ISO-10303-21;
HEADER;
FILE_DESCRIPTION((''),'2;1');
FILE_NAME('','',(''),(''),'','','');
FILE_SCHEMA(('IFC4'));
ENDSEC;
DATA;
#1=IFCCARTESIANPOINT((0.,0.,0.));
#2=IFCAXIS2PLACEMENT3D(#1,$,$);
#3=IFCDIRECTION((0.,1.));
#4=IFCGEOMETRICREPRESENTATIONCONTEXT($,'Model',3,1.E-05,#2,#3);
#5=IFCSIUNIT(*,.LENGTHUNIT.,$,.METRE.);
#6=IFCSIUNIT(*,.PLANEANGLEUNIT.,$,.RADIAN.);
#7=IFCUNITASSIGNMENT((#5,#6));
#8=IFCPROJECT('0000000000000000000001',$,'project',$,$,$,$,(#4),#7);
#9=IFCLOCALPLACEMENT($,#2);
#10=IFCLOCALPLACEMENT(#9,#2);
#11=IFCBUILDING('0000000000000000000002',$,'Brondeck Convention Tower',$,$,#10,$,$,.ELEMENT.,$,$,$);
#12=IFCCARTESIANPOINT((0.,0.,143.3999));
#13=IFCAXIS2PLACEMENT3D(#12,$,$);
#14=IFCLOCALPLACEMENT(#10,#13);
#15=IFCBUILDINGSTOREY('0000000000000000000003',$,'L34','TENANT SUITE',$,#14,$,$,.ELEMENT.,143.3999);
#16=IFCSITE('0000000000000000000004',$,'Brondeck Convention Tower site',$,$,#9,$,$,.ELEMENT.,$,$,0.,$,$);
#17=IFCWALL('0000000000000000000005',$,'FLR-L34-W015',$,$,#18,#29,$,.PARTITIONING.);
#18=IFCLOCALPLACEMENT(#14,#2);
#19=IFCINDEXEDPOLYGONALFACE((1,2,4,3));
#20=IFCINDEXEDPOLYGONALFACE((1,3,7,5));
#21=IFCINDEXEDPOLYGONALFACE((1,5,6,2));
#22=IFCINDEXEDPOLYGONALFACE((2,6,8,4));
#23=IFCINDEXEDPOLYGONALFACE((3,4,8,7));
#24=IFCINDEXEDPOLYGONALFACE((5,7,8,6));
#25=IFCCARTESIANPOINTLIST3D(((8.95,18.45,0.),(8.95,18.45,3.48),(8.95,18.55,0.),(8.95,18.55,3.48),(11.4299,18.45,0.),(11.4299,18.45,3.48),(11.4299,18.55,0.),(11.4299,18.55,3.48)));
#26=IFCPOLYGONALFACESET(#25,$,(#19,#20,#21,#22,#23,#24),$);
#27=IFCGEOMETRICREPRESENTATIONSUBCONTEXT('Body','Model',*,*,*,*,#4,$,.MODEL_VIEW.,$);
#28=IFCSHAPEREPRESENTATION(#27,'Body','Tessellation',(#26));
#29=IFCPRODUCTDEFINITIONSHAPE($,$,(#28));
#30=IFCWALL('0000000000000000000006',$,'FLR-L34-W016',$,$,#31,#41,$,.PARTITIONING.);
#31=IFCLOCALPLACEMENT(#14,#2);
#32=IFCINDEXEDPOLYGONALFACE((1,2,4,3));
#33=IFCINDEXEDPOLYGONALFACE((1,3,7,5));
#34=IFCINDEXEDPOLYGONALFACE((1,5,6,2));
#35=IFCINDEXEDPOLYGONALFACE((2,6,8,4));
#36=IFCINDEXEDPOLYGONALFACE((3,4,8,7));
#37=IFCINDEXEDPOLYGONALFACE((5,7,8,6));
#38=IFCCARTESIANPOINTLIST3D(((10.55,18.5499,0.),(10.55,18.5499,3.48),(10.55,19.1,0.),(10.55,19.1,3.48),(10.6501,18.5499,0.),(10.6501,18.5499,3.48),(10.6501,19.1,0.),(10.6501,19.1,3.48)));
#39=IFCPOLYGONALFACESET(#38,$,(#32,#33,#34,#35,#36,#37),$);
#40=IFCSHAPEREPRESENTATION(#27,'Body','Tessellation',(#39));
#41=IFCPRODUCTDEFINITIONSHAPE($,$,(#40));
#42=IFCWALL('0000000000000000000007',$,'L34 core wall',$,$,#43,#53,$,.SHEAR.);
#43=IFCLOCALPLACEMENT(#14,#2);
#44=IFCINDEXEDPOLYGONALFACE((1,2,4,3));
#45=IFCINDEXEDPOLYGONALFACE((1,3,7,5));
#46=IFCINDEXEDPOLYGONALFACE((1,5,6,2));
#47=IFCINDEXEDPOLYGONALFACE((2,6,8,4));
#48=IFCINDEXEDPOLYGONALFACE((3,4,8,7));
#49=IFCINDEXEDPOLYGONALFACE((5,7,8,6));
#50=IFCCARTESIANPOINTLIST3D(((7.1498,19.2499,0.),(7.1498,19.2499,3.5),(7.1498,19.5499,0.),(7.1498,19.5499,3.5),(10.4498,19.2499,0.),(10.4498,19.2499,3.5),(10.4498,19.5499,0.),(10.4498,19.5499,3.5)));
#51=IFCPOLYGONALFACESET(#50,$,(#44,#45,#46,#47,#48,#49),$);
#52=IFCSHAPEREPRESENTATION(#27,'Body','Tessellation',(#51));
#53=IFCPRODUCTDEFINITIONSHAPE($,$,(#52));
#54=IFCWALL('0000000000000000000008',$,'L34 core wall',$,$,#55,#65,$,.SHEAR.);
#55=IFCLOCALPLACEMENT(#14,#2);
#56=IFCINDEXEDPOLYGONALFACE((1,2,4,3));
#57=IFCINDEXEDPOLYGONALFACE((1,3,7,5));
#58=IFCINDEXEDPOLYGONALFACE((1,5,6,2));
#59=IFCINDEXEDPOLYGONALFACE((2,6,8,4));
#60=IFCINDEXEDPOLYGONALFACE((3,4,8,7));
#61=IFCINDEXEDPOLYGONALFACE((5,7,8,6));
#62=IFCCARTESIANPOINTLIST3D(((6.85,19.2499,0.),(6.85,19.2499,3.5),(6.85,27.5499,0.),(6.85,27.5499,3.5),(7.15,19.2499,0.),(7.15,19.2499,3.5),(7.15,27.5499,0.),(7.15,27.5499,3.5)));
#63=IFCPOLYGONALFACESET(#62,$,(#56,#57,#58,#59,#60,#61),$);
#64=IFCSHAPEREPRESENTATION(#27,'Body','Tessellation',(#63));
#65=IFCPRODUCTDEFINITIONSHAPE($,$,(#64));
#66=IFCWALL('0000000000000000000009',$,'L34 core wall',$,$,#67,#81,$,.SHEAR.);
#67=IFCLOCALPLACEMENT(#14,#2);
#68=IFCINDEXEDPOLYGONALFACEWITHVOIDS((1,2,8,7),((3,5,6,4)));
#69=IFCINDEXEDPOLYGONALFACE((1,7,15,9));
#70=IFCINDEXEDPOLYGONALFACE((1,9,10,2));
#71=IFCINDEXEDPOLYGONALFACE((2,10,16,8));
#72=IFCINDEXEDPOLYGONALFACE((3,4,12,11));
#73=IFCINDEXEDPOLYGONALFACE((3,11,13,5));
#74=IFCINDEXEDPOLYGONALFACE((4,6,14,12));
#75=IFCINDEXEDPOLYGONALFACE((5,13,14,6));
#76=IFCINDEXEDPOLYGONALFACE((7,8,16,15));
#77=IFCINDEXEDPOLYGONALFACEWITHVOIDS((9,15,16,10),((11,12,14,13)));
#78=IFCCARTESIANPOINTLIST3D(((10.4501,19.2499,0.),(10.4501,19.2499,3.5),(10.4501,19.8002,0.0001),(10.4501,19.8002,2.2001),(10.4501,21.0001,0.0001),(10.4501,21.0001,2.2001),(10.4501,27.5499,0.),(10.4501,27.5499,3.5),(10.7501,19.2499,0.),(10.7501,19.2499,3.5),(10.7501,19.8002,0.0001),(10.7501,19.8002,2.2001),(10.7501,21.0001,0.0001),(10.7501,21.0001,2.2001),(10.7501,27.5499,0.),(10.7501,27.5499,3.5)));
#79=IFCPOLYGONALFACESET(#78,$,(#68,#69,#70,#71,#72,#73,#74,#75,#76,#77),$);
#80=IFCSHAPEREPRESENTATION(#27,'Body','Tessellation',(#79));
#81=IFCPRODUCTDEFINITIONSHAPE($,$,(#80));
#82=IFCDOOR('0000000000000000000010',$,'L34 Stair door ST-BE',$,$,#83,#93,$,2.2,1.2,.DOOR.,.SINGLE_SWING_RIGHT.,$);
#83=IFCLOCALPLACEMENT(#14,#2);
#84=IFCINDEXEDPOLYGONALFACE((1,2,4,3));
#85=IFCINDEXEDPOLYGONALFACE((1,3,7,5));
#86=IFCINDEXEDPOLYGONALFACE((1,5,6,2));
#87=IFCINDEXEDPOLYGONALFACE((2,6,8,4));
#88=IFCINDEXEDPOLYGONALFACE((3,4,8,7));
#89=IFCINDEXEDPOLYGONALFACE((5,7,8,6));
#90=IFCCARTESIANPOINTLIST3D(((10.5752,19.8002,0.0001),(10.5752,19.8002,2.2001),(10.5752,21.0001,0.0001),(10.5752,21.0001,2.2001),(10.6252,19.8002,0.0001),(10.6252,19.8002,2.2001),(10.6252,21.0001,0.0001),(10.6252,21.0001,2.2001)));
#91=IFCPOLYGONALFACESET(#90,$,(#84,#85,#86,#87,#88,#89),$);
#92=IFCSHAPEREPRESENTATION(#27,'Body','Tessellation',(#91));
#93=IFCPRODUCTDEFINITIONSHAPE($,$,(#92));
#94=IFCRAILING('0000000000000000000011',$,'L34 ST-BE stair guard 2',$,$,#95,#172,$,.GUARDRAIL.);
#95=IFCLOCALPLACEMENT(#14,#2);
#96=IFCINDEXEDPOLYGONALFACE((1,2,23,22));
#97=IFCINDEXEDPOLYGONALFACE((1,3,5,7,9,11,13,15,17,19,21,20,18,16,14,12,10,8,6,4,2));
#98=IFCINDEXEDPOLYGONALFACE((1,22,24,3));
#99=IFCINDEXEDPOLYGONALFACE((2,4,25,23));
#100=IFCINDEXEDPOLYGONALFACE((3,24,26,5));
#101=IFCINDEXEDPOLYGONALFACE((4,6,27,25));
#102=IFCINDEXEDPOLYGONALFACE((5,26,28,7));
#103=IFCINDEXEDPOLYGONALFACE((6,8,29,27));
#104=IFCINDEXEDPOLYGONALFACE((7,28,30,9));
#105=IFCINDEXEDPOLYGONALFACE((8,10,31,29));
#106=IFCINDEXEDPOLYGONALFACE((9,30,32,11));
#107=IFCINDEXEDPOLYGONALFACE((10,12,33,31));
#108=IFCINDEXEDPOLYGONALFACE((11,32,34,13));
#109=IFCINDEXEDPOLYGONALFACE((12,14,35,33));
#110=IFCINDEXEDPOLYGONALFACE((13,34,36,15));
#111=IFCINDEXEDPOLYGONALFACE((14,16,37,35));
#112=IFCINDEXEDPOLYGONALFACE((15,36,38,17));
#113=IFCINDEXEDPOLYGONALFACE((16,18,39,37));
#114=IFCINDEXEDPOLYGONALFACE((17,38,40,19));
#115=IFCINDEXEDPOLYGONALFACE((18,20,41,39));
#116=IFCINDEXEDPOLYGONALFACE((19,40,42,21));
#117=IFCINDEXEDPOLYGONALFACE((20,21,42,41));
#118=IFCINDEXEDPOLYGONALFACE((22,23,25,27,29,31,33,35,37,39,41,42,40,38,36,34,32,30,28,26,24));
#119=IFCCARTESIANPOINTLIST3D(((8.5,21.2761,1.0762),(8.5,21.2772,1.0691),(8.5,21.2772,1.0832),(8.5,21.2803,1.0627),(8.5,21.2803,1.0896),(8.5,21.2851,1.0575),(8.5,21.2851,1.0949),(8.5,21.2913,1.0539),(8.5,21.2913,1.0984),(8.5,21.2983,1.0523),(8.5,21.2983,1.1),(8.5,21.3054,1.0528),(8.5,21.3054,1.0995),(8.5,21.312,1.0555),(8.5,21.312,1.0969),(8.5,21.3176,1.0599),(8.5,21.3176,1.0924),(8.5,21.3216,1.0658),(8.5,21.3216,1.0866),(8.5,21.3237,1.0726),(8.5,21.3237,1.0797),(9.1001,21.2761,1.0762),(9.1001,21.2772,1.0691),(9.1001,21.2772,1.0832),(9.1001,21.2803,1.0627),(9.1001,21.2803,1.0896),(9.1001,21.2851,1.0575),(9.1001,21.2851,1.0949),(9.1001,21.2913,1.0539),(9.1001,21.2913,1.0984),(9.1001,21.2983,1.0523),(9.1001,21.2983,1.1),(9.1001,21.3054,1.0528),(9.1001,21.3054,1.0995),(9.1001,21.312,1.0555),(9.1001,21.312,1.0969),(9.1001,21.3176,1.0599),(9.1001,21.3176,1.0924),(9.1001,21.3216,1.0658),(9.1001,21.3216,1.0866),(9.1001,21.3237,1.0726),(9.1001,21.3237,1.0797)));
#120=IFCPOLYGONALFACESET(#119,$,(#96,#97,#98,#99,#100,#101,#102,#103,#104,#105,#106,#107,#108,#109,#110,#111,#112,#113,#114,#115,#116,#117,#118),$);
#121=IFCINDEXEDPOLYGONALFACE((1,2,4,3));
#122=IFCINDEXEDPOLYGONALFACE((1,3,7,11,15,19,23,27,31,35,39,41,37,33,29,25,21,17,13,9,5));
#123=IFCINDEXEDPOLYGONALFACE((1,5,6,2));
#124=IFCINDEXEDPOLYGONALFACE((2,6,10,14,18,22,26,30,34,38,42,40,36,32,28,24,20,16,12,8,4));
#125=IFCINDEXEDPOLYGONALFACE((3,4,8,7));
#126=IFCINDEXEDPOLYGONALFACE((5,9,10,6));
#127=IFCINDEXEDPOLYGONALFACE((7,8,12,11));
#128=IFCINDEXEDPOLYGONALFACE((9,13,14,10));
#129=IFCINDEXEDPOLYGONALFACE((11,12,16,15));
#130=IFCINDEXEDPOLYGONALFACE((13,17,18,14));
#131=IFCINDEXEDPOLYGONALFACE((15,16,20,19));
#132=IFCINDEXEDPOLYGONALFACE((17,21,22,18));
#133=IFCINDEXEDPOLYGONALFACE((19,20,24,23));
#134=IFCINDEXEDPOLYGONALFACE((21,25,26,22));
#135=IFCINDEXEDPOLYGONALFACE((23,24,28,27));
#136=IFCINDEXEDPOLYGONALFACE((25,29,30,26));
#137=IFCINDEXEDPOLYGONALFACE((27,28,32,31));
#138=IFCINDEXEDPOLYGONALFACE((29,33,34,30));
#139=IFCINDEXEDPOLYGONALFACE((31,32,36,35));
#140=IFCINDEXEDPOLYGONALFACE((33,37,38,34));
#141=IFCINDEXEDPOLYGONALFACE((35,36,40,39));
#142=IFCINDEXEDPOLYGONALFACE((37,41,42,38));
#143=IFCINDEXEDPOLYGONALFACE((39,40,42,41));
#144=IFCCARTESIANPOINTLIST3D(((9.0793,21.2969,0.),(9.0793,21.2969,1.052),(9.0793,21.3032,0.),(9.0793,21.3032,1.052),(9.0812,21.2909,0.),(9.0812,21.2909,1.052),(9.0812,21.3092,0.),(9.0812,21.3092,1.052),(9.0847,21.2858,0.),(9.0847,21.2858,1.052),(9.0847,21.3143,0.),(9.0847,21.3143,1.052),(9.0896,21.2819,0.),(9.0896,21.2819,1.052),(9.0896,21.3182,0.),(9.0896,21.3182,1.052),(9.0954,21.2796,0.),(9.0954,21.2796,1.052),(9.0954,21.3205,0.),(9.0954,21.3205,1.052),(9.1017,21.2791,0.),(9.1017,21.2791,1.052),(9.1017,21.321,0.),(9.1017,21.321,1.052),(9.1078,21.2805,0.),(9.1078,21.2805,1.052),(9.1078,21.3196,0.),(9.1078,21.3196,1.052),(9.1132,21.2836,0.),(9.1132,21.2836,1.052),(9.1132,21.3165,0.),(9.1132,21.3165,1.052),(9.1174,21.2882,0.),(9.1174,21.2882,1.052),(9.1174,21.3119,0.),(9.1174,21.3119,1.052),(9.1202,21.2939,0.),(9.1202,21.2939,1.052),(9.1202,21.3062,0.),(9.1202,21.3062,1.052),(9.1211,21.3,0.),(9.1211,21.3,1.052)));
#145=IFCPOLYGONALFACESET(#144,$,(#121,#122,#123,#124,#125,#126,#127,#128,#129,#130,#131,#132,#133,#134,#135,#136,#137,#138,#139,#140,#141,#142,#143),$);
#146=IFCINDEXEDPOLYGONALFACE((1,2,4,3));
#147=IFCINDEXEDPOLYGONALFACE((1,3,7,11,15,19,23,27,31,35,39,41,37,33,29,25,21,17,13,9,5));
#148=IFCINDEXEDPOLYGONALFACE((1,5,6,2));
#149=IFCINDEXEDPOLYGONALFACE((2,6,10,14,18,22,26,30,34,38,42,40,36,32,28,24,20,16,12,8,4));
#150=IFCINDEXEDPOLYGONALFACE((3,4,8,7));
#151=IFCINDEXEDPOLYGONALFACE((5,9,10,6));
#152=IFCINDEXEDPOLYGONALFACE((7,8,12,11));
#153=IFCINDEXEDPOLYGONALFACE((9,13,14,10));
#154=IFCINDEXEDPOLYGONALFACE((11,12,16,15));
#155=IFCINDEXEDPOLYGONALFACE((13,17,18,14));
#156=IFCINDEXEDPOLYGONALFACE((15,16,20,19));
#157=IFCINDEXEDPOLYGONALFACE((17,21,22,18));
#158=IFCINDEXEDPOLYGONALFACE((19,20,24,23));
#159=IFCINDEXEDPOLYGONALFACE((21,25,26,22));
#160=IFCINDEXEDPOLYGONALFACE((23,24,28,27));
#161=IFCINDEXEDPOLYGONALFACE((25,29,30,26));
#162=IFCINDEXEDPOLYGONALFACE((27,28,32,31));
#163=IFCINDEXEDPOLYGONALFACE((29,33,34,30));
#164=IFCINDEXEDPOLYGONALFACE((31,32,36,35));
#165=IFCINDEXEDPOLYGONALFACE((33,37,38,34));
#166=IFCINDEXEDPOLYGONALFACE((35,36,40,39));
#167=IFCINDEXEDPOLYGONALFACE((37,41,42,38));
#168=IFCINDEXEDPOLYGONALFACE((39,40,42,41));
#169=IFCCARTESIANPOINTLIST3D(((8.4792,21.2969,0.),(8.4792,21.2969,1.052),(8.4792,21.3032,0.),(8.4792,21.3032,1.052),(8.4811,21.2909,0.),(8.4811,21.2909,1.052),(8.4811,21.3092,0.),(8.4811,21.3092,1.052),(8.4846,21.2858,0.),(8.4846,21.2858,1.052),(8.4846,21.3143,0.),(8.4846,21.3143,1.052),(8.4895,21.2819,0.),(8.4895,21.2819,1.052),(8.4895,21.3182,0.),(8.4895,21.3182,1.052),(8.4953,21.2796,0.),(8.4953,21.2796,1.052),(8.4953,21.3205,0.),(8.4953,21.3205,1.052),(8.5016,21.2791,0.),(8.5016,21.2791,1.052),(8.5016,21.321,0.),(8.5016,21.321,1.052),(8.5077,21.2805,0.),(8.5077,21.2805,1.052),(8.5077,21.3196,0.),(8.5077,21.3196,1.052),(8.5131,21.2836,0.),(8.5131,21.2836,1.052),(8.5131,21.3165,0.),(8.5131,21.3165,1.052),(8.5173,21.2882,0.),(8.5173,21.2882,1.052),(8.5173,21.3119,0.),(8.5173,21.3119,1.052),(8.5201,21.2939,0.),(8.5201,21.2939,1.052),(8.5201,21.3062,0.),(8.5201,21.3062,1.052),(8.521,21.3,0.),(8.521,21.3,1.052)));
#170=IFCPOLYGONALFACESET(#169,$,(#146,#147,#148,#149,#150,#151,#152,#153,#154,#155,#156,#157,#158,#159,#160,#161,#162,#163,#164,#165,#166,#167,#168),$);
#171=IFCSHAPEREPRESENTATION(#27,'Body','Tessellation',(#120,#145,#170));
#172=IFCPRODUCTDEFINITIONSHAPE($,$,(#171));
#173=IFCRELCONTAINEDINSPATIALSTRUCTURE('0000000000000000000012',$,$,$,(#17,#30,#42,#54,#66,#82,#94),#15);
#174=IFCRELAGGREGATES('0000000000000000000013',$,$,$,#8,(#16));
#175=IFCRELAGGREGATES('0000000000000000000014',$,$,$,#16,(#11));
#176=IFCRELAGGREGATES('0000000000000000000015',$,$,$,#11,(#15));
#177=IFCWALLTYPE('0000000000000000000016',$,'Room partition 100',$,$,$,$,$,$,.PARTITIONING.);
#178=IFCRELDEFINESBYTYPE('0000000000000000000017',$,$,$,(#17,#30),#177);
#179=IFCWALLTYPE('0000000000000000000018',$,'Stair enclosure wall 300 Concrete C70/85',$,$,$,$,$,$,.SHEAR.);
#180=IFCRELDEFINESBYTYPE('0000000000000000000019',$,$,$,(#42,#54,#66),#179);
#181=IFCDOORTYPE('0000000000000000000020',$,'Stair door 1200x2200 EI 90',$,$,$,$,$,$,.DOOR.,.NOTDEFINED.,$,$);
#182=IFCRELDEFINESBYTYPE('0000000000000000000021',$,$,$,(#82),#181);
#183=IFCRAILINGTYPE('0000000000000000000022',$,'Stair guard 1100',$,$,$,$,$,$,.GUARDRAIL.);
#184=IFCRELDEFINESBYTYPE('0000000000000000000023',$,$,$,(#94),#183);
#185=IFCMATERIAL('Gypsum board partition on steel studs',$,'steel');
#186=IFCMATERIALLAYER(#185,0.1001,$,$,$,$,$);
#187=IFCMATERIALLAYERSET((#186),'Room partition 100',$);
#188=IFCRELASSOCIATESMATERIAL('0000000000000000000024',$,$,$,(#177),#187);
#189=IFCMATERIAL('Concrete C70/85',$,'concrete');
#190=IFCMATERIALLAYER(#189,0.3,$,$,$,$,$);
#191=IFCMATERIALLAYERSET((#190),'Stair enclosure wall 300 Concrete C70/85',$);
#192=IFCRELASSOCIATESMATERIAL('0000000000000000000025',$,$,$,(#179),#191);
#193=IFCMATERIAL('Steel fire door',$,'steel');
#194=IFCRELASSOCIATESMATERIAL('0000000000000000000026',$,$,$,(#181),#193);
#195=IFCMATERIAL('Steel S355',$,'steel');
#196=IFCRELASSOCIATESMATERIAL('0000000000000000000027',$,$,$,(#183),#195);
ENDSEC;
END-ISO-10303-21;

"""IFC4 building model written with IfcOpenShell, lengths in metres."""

from ifc_helpers import new_model, si_unit, direction, frame, frame_2d, origin, origin_2d, place, context, subcontext, project, spatial, rectangle, circle, extrude, material, layer, layer_set, type_object, element, fill, save


model = new_model("IFC4")

# Units and contexts
model_context = context("Model", 3, precision=1e-05, world=origin(), true_north=direction((0.0, 1.0)))
body_context = subcontext(model_context, "Body", "Model", "MODEL_VIEW")
ifc_project = project(units=[si_unit("LENGTHUNIT", "METRE"), si_unit("PLANEANGLEUNIT", "RADIAN")], contexts=[model_context])

# Site, building, storey
site_placement = place(None, origin())
site = spatial("IfcSite", under=ifc_project, at=site_placement, Name="Brondeck Convention Tower site", CompositionType="ELEMENT", RefElevation=0.0)
building_placement = place(site_placement, origin())
building = spatial("IfcBuilding", under=site, at=building_placement, Name="Brondeck Convention Tower", CompositionType="ELEMENT")
storey_placement = place(building_placement, frame((0.0, 0.0, 143.3999)))
storey = spatial("IfcBuildingStorey", under=building, at=storey_placement, Name="L34", Description="TENANT SUITE", CompositionType="ELEMENT", Elevation=143.3999)

# Shared definitions
ifc_material_1 = material(Name="Concrete C70/85", Category="concrete")

# Shared definitions
ifc_material_2 = material(Name="Gypsum board partition on steel studs", Category="steel")
ifc_layer_1 = layer(ifc_material_2, 0.1001)
ifc_layer_set_1 = layer_set([ifc_layer_1], Name="Room partition 100")
wall_type_1 = type_object("IfcWallType", Name="Room partition 100", PredefinedType="PARTITIONING", material=ifc_layer_set_1)

# Walls
wall_1_placement = place(storey_placement, frame((8.95, 18.5, 0.0), z_axis=(0.0, 0.0, 1.0), x_axis=(1.0, 0.0, 0.0)))
element("IfcWall", 1, at=wall_1_placement, inside=storey, type_object=wall_type_1, Name="FLR-L34-W015", PredefinedType="PARTITIONING", context=body_context, shape_type="SweptSolid", body=[
    extrude(rectangle(XDim=2.48, YDim=0.1001, at=frame_2d((1.24, 0.0))), origin(), (0.0, 0.0, 1.0), 3.48),
])
wall_2_placement = place(storey_placement, frame((10.6001, 18.55, 0.0), z_axis=(0.0, 0.0, 1.0), x_axis=(0.0, 1.0, 0.0)))
element("IfcWall", 2, at=wall_2_placement, inside=storey, type_object=wall_type_1, Name="FLR-L34-W016", PredefinedType="PARTITIONING", context=body_context, shape_type="SweptSolid", body=[
    extrude(rectangle(XDim=0.55, YDim=0.1001, at=frame_2d((0.2749, 0.0))), origin(), (0.0, 0.0, 1.0), 3.48),
])
ifc_layer_2 = layer(ifc_material_1, 0.3)
ifc_layer_set_2 = layer_set([ifc_layer_2], Name="Stair enclosure wall 300 Concrete C70/85")
wall_type_2 = type_object("IfcWallType", Name="Stair enclosure wall 300 Concrete C70/85", PredefinedType="SHEAR", material=ifc_layer_set_2)
wall_3_placement = place(storey_placement, frame((7.1499, 19.3999, 0.0), z_axis=(0.0, 0.0, 1.0), x_axis=(1.0, 0.0, 0.0)))
element("IfcWall", 3, at=wall_3_placement, inside=storey, type_object=wall_type_2, Name="L34 core wall", PredefinedType="SHEAR", context=body_context, shape_type="SweptSolid", body=[
    extrude(rectangle(XDim=3.3, YDim=0.3, at=frame_2d((1.6499, 0.0))), origin(), (0.0, 0.0, 1.0), 3.5),
])
wall_4_placement = place(storey_placement, frame((7.0, 19.25, 0.0), z_axis=(0.0, 0.0, 1.0), x_axis=(0.0, 1.0, 0.0)))
element("IfcWall", 4, at=wall_4_placement, inside=storey, type_object=wall_type_2, Name="L34 core wall", PredefinedType="SHEAR", context=body_context, shape_type="SweptSolid", body=[
    extrude(rectangle(XDim=8.3, YDim=0.3, at=frame_2d((4.1499, 0.0))), origin(), (0.0, 0.0, 1.0), 3.5),
])

# Wall, opening, door
wall_5_placement = place(storey_placement, frame((10.6001, 19.25, 0.0), z_axis=(0.0, 0.0, 1.0), x_axis=(0.0, 1.0, 0.0)))
wall_5 = element("IfcWall", 5, at=wall_5_placement, inside=storey, type_object=wall_type_2, Name="L34 core wall", PredefinedType="SHEAR", context=body_context, shape_type="SweptSolid", body=[
    extrude(rectangle(XDim=8.3, YDim=0.3, at=frame_2d((4.1499, 0.0))), origin(), (0.0, 0.0, 1.0), 3.5),
])
opening_1_placement = place(wall_5_placement, frame((0.55, 0.0, 0.0)))
opening_1 = element("IfcOpeningElement", 6, at=opening_1_placement, cuts=wall_5, PredefinedType="OPENING", context=body_context, shape_type="SweptSolid", body=[
    extrude(rectangle(XDim=1.2, YDim=2.2, at=frame_2d((0.6001, 1.1001))), frame((0.0, 0.1599, 0.0), z_axis=(0.0, -1.0, 0.0), x_axis=(1.0, 0.0, 0.0)), (0.0, 0.0, 1.0), 0.3201),
])
ifc_material_3 = material(Name="Steel fire door", Category="steel")
door_type_1 = type_object("IfcDoorType", Name="Stair door 1200x2200 EI 90", OperationType="NOTDEFINED", PredefinedType="DOOR", material=ifc_material_3)
door_1_placement = place(opening_1_placement, origin())
door_1 = element("IfcDoor", 7, at=door_1_placement, inside=storey, type_object=door_type_1, Name="L34 Stair door ST-BE", OperationType="SINGLE_SWING_RIGHT", OverallHeight=2.2, OverallWidth=1.2, PredefinedType="DOOR", context=body_context, shape_type="SweptSolid", body=[
    extrude(rectangle(XDim=1.2, YDim=2.2, at=frame_2d((0.6001, 1.1001))), frame((0.0, 0.0249, 0.0), z_axis=(0.0, -1.0, 0.0), x_axis=(1.0, 0.0, 0.0)), (0.0, 0.0, 1.0), 0.05),
])
fill(opening_1, door_1)

# Railing
ifc_material_4 = material(Name="Steel S355", Category="steel")
railing_type = type_object("IfcRailingType", Name="Stair guard 1100", PredefinedType="GUARDRAIL", material=ifc_material_4)
railing_placement = place(storey_placement, frame((9.1001, 21.3, 0.0)))
element("IfcRailing", 8, at=railing_placement, inside=storey, type_object=railing_type, Name="L34 ST-BE stair guard 2", PredefinedType="GUARDRAIL", context=body_context, shape_type="SweptSolid", body=[
    extrude(circle(Radius=0.0239, at=origin_2d()), frame((0.0, 0.0, 1.0762), z_axis=(-1.0, 0.0, 0.0), x_axis=(0.0, -1.0, 0.0)), (0.0, 0.0, 1.0), 0.6001),
    extrude(circle(Radius=0.021, at=origin_2d()), origin(), (0.0, 0.0, 1.0), 1.052),
    extrude(circle(Radius=0.021, at=origin_2d()), frame((-0.6001, 0.0, 0.0)), (0.0, 0.0, 1.0), 1.052),
])

save(model, "model.ifc")
